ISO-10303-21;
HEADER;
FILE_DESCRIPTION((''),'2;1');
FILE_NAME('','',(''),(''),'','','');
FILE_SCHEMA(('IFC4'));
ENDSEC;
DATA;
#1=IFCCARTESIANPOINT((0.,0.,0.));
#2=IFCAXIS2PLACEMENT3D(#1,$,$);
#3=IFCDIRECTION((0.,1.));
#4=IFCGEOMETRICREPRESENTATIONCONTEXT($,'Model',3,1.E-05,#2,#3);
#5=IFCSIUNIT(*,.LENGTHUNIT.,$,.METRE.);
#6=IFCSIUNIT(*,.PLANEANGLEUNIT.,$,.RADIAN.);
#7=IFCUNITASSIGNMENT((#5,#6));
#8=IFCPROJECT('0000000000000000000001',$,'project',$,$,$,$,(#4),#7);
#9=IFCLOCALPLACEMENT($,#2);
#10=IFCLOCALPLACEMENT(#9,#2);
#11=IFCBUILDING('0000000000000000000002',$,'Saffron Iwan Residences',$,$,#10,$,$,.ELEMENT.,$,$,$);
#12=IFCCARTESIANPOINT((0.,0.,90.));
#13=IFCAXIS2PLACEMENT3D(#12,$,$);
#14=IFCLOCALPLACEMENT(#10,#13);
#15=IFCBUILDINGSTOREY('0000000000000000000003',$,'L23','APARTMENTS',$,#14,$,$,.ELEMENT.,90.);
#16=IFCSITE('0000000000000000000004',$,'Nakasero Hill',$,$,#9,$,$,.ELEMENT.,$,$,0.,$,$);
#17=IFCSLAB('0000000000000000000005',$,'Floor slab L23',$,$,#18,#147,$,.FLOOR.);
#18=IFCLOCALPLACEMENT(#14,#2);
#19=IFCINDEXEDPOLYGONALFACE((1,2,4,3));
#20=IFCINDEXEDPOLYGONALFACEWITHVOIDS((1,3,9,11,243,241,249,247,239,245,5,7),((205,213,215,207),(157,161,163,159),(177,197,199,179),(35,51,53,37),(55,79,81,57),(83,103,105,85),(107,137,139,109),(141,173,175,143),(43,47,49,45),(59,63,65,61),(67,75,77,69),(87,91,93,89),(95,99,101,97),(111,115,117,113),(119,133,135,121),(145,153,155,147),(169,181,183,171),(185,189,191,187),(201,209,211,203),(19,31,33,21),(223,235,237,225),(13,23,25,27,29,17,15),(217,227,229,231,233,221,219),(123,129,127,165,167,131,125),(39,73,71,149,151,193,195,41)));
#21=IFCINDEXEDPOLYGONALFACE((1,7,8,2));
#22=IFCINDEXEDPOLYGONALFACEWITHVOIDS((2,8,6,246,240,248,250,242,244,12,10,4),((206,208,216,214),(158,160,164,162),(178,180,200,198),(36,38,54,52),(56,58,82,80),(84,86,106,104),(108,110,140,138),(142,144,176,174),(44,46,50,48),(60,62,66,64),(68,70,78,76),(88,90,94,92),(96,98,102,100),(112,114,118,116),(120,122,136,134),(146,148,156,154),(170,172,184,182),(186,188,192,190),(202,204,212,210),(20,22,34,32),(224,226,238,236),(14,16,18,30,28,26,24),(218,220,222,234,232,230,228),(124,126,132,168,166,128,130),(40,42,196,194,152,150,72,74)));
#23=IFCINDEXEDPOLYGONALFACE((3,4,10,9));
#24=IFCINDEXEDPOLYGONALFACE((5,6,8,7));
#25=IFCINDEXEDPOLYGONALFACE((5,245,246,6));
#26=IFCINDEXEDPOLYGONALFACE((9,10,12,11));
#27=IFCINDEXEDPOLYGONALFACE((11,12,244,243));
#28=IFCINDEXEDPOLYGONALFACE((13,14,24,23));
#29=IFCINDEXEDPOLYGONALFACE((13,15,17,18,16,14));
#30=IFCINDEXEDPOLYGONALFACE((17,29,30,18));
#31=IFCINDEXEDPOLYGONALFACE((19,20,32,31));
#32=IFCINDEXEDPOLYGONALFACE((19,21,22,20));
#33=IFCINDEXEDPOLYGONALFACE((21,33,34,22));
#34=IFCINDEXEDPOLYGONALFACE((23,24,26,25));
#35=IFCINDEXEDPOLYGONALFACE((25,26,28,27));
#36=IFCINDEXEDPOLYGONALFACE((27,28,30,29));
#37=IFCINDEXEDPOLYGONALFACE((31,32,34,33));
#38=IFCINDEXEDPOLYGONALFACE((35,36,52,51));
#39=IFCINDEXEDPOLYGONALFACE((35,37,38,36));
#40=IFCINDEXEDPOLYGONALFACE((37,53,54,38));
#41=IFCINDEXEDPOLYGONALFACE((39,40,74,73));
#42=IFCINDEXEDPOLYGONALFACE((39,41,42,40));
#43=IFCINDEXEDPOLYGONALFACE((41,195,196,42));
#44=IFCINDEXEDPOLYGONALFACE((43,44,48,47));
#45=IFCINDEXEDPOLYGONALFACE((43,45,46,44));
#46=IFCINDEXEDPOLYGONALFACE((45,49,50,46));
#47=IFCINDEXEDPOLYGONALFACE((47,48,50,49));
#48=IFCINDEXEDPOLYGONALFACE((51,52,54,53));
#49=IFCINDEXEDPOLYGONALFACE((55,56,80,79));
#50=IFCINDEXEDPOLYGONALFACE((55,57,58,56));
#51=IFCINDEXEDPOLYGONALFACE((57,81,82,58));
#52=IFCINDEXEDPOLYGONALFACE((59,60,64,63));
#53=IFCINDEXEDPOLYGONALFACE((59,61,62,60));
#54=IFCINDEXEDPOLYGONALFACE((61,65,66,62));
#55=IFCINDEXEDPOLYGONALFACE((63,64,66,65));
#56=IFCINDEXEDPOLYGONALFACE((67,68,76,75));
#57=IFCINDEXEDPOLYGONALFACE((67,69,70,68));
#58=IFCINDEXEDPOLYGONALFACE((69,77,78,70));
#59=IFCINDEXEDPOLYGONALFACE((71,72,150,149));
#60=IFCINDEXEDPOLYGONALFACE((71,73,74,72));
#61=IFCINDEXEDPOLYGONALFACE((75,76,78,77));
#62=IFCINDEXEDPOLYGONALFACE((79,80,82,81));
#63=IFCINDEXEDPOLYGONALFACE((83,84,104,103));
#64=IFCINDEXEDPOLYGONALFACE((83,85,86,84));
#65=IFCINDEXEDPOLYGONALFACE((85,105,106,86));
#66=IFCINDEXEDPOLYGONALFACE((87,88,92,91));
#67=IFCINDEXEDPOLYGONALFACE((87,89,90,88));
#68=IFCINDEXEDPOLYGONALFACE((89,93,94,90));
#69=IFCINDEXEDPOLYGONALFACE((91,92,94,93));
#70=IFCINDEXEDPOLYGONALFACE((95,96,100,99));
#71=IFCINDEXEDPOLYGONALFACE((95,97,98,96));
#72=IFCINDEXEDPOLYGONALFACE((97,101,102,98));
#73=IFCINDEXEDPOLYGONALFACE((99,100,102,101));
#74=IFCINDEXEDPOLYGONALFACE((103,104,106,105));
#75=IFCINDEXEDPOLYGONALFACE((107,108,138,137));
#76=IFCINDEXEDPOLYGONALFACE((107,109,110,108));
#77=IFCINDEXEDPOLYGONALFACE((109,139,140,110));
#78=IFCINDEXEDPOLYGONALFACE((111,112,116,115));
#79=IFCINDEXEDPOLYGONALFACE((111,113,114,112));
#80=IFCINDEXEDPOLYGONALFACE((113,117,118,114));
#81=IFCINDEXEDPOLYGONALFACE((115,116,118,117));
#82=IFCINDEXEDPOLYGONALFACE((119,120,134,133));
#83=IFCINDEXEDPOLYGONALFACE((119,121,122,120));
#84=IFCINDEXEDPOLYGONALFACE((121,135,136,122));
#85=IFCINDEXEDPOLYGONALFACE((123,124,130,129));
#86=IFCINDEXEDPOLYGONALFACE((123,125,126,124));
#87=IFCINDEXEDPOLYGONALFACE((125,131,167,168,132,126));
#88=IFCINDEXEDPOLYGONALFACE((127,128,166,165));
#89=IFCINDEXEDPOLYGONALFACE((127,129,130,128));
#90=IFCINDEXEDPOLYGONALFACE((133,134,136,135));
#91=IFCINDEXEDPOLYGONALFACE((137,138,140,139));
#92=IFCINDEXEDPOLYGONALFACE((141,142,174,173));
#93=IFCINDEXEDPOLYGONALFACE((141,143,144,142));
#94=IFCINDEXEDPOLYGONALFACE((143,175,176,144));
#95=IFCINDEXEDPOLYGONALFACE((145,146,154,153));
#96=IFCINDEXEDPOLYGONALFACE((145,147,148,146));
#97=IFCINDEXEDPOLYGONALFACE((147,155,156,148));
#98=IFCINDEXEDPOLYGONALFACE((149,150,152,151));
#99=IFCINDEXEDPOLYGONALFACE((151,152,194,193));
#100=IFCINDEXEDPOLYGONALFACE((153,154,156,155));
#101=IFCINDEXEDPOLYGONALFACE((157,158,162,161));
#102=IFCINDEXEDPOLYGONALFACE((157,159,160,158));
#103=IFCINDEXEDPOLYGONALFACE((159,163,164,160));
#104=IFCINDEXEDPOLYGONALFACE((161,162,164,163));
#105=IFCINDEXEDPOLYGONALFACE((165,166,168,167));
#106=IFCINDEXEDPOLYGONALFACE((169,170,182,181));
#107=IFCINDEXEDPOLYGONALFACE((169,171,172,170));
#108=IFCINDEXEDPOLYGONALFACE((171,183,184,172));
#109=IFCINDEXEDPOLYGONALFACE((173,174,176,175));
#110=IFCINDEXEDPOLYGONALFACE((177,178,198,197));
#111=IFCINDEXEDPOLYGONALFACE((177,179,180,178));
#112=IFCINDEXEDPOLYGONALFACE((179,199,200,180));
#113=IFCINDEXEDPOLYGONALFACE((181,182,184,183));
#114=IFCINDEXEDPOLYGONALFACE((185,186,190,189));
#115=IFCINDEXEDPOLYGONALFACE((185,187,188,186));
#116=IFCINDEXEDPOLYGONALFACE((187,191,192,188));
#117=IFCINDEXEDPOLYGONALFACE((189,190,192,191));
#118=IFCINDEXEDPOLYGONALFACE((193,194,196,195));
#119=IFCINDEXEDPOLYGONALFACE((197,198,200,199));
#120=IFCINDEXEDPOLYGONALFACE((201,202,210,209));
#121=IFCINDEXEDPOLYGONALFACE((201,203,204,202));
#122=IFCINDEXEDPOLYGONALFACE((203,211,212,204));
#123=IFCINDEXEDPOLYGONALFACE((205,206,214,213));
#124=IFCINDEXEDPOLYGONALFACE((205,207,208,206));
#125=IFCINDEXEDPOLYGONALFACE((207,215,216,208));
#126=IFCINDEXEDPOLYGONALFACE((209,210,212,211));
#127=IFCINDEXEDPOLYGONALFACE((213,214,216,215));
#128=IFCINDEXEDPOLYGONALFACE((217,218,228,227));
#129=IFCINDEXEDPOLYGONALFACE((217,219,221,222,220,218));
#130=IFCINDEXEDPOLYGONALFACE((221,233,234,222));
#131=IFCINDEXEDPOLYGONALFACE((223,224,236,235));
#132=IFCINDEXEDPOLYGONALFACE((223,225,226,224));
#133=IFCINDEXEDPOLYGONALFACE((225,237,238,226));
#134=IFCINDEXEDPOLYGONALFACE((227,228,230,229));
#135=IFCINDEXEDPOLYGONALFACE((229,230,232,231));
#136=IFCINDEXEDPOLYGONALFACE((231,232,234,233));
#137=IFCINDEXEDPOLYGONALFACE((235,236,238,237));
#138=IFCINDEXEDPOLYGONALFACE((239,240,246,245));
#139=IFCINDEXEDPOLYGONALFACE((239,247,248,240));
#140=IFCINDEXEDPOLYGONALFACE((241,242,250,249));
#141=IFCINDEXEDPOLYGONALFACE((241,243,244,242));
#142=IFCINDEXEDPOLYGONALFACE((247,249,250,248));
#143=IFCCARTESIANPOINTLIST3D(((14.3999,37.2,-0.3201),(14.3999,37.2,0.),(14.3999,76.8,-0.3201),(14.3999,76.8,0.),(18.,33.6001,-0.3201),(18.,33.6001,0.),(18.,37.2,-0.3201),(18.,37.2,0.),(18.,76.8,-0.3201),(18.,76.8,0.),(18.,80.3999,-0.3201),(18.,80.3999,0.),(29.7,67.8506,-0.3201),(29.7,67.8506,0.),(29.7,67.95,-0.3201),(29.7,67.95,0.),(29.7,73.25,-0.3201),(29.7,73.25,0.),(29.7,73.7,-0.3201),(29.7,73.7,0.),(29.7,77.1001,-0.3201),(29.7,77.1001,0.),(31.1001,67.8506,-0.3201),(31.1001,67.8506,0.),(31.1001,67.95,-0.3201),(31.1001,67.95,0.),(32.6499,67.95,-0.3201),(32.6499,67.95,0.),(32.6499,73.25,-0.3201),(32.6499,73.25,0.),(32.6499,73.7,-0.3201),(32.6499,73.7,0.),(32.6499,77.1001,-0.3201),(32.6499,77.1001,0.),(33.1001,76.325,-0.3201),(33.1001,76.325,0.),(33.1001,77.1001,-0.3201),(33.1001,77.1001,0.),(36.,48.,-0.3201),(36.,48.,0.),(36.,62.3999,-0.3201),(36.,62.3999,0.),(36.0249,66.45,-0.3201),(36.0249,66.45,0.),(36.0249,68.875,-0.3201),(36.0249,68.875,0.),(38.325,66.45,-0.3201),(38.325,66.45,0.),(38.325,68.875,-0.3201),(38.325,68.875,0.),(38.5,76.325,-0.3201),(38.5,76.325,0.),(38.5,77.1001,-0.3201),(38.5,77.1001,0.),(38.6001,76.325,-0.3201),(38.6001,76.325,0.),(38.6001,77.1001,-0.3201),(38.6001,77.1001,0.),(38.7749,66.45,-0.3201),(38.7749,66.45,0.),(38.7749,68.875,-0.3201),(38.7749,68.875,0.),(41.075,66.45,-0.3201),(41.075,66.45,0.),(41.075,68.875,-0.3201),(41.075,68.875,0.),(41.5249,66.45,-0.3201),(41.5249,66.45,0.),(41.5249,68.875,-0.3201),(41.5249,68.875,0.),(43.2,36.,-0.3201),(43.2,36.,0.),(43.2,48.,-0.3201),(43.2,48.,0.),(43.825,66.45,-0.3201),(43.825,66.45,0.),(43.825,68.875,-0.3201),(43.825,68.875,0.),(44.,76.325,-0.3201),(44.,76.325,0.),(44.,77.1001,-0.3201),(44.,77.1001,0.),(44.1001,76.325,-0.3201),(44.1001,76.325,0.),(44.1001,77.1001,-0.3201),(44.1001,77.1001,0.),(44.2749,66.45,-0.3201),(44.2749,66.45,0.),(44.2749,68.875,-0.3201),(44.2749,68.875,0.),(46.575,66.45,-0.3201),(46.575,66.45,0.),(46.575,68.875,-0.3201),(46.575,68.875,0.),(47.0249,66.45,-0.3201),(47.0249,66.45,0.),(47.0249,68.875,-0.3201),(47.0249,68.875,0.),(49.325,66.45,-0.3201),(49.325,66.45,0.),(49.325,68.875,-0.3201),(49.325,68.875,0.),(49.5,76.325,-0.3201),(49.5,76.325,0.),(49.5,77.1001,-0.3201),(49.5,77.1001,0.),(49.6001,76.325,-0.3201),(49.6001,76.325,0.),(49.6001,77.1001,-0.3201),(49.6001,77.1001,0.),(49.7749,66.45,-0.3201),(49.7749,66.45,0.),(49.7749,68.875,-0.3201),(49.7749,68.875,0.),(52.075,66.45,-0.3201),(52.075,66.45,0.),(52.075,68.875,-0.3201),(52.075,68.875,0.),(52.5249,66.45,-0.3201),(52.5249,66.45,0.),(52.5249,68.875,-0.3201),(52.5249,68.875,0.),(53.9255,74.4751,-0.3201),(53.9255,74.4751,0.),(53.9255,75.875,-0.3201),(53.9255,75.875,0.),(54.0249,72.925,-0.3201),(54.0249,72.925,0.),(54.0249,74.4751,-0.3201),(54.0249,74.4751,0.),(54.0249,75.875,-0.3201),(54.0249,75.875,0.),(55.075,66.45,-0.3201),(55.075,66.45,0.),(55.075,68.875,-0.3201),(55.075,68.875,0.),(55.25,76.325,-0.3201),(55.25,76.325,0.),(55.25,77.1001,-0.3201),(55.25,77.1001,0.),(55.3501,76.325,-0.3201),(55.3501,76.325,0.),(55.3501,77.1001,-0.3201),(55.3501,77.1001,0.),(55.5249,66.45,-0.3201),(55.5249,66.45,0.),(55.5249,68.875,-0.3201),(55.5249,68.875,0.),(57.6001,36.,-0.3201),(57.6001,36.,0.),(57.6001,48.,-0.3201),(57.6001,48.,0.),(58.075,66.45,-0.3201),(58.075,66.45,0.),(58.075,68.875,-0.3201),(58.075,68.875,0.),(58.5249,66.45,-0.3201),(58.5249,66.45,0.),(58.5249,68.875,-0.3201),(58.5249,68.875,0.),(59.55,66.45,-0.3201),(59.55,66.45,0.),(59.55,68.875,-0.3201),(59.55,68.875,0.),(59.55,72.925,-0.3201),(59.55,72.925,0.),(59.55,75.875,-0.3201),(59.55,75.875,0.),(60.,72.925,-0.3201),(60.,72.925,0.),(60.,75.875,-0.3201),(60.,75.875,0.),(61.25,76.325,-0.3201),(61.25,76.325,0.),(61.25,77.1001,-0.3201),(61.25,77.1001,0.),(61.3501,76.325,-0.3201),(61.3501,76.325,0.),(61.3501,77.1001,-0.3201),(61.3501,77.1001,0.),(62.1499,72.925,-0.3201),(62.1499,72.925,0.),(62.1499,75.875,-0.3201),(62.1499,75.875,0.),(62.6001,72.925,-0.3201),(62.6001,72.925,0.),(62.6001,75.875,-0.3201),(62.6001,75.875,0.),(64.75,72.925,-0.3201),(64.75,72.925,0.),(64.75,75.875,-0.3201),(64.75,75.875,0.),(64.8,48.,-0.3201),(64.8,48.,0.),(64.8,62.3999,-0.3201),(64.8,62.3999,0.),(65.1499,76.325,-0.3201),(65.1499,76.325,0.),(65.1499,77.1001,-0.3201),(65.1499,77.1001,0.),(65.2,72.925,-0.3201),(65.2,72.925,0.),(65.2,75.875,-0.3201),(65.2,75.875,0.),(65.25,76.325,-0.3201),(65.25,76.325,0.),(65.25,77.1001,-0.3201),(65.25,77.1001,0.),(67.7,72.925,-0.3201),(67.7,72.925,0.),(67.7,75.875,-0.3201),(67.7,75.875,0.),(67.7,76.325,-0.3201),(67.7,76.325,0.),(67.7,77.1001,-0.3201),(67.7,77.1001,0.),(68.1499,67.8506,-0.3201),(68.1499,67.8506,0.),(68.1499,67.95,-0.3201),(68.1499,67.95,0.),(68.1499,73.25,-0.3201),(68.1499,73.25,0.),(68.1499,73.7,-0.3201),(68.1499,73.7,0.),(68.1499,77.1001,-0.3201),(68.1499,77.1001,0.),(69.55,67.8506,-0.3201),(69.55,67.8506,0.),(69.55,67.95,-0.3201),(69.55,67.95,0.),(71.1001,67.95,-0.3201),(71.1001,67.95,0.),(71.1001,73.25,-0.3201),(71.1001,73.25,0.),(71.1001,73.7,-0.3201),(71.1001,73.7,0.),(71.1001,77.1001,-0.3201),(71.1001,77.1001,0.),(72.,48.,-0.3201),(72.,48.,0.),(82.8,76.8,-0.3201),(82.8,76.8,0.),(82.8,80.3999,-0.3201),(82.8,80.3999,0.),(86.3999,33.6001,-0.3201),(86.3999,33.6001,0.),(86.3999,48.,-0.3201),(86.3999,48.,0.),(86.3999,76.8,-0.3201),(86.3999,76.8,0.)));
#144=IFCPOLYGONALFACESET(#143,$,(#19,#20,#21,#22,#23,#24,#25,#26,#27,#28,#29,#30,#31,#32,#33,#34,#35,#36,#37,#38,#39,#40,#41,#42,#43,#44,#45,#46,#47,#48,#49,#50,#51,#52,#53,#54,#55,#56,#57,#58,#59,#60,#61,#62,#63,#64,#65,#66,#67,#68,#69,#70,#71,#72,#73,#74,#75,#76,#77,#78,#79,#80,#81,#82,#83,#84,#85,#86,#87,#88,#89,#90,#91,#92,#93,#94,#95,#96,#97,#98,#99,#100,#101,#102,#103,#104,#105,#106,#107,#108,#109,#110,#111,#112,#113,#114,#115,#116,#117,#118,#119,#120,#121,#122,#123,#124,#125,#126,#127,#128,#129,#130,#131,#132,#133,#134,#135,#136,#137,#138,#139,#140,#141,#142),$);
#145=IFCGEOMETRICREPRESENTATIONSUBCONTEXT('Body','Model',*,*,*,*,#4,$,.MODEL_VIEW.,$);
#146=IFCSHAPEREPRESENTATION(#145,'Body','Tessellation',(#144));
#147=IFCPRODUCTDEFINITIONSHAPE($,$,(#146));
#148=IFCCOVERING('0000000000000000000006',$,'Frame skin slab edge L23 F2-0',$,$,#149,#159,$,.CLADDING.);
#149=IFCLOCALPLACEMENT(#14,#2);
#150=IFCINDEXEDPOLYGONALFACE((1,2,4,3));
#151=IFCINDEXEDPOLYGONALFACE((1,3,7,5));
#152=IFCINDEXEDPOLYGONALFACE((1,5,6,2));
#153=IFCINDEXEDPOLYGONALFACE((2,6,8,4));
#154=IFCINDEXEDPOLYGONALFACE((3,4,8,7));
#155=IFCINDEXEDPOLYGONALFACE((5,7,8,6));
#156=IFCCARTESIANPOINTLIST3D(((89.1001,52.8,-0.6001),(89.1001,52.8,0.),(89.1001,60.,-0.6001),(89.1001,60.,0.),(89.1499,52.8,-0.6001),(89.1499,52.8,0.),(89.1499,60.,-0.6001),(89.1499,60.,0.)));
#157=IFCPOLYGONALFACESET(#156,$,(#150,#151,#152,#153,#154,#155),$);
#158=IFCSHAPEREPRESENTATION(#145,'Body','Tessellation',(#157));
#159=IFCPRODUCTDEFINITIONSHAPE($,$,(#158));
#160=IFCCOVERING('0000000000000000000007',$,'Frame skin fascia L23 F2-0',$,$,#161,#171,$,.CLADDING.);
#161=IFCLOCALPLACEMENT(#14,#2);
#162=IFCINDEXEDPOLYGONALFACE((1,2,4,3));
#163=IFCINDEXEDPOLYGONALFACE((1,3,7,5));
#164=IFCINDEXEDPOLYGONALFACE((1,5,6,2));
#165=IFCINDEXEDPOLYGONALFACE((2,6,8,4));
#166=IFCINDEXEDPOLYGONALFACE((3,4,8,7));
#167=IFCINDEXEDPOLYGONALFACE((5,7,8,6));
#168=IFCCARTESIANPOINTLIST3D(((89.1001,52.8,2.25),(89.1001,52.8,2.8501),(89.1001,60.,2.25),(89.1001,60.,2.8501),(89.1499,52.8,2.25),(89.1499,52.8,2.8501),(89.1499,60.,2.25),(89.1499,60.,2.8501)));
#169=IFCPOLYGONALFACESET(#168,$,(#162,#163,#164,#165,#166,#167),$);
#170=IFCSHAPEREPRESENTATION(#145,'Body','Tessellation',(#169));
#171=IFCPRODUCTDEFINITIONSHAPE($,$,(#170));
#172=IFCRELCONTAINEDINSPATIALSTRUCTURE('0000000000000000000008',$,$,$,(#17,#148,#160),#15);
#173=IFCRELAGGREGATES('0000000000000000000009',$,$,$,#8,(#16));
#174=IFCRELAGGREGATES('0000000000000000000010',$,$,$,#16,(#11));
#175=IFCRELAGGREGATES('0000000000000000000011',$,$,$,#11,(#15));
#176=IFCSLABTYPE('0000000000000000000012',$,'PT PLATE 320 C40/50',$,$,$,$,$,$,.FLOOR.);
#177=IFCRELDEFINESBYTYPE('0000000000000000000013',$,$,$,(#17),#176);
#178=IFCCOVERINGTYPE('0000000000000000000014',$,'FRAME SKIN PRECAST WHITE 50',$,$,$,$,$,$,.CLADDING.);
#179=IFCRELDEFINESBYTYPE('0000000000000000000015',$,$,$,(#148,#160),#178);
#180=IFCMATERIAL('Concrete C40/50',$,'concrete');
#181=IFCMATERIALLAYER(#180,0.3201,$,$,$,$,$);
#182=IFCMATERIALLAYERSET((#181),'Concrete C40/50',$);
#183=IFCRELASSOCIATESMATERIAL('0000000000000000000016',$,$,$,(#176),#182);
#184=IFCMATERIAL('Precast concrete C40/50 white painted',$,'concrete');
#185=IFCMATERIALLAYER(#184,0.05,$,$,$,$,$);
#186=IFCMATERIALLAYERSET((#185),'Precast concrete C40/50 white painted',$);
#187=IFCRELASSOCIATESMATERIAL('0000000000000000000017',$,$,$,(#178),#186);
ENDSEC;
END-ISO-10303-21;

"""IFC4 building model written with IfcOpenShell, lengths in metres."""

from ifc_helpers import new_model, si_unit, direction, frame, origin, place, context, subcontext, project, spatial, polyline, outline, extrude, material, layer, layer_set, type_object, element, save


model = new_model("IFC4")

# Units and contexts
model_context = context("Model", 3, precision=1e-05, world=origin(), true_north=direction((0.0, 1.0)))
body_context = subcontext(model_context, "Body", "Model", "MODEL_VIEW")
ifc_project = project(units=[si_unit("LENGTHUNIT", "METRE"), si_unit("PLANEANGLEUNIT", "RADIAN")], contexts=[model_context])

# Site, building, storey
site_placement = place(None, origin())
site = spatial("IfcSite", under=ifc_project, at=site_placement, Name="Nakasero Hill", CompositionType="ELEMENT", RefElevation=0.0)
building_placement = place(site_placement, origin())
building = spatial("IfcBuilding", under=site, at=building_placement, Name="Saffron Iwan Residences", CompositionType="ELEMENT")
storey_placement = place(building_placement, frame((0.0, 0.0, 90.0)))
storey = spatial("IfcBuildingStorey", under=building, at=storey_placement, Name="L23", Description="APARTMENTS", CompositionType="ELEMENT", Elevation=90.0)

# Slab
ifc_material_1 = material(Name="Concrete C40/50", Category="concrete")
ifc_layer_1 = layer(ifc_material_1, 0.3201)
ifc_layer_set_1 = layer_set([ifc_layer_1], Name="Concrete C40/50")
slab_type_1 = type_object("IfcSlabType", Name="PT PLATE 320 C40/50", PredefinedType="FLOOR", material=ifc_layer_set_1)
slab_1_placement = place(storey_placement, frame((0.0, 0.0, -0.3201)))
element("IfcSlab", 1, at=slab_1_placement, inside=storey, type_object=slab_type_1, Name="Floor slab L23", PredefinedType="FLOOR", context=body_context, shape_type="SweptSolid", body=[
    extrude(outline(polyline([(14.3999, 37.2), (14.3999, 76.8), (18.0, 76.8), (18.0, 80.3999), (82.8, 80.3999), (82.8, 76.8), (86.3999, 76.8), (86.3999, 48.0), (72.0, 48.0), (86.3999, 33.6001), (18.0, 33.6001), (18.0, 37.2), (14.3999, 37.2)]), holes=[polyline([(64.8, 48.0), (64.8, 62.3999), (36.0, 62.3999), (36.0, 48.0), (43.2, 48.0), (43.2, 36.0), (57.6001, 36.0), (57.6001, 48.0), (64.8, 48.0)]), polyline([(38.325, 68.875), (36.0249, 68.875), (36.0249, 66.45), (38.325, 66.45), (38.325, 68.875)]), polyline([(41.075, 66.45), (41.075, 68.875), (38.7749, 68.875), (38.7749, 66.45), (41.075, 66.45)]), polyline([(43.825, 66.45), (43.825, 68.875), (41.5249, 68.875), (41.5249, 66.45), (43.825, 66.45)]), polyline([(46.575, 68.875), (44.2749, 68.875), (44.2749, 66.45), (46.575, 66.45), (46.575, 68.875)]), polyline([(49.325, 66.45), (49.325, 68.875), (47.0249, 68.875), (47.0249, 66.45), (49.325, 66.45)]), polyline([(52.075, 66.45), (52.075, 68.875), (49.7749, 68.875), (49.7749, 66.45), (52.075, 66.45)]), polyline([(29.7, 73.25), (29.7, 67.95), (29.7, 67.8506), (31.1001, 67.8506), (31.1001, 67.95), (32.6499, 67.95), (32.6499, 73.25), (29.7, 73.25)]), polyline([(32.6499, 73.7), (32.6499, 77.1001), (29.7, 77.1001), (29.7, 73.7), (32.6499, 73.7)]), polyline([(38.5, 76.325), (38.5, 77.1001), (33.1001, 77.1001), (33.1001, 76.325), (38.5, 76.325)]), polyline([(44.0, 77.1001), (38.6001, 77.1001), (38.6001, 76.325), (44.0, 76.325), (44.0, 77.1001)]), polyline([(49.5, 76.325), (49.5, 77.1001), (44.1001, 77.1001), (44.1001, 76.325), (49.5, 76.325)]), polyline([(55.25, 76.325), (55.25, 77.1001), (49.6001, 77.1001), (49.6001, 76.325), (55.25, 76.325)]), polyline([(55.075, 68.875), (52.5249, 68.875), (52.5249, 66.45), (55.075, 66.45), (55.075, 68.875)]), polyline([(58.075, 66.45), (58.075, 68.875), (55.5249, 68.875), (55.5249, 66.45), (58.075, 66.45)]), polyline([(59.55, 66.45), (59.55, 68.875), (58.5249, 68.875), (58.5249, 66.45), (59.55, 66.45)]), polyline([(68.1499, 73.25), (68.1499, 67.95), (68.1499, 67.8506), (69.55, 67.8506), (69.55, 67.95), (71.1001, 67.95), (71.1001, 73.25), (68.1499, 73.25)]), polyline([(53.9255, 74.4751), (54.0249, 74.4751), (54.0249, 72.925), (59.55, 72.925), (59.55, 75.875), (54.0249, 75.875), (53.9255, 75.875), (53.9255, 74.4751)]), polyline([(62.1499, 72.925), (62.1499, 75.875), (60.0, 75.875), (60.0, 72.925), (62.1499, 72.925)]), polyline([(64.75, 75.875), (62.6001, 75.875), (62.6001, 72.925), (64.75, 72.925), (64.75, 75.875)]), polyline([(67.7, 72.925), (67.7, 75.875), (65.2, 75.875), (65.2, 72.925), (67.7, 72.925)]), polyline([(71.1001, 73.7), (71.1001, 77.1001), (68.1499, 77.1001), (68.1499, 73.7), (71.1001, 73.7)]), polyline([(61.25, 77.1001), (55.3501, 77.1001), (55.3501, 76.325), (61.25, 76.325), (61.25, 77.1001)]), polyline([(65.1499, 76.325), (65.1499, 77.1001), (61.3501, 77.1001), (61.3501, 76.325), (65.1499, 76.325)]), polyline([(67.7, 76.325), (67.7, 77.1001), (65.25, 77.1001), (65.25, 76.325), (67.7, 76.325)])]), origin(), (0.0, 0.0, 1.0), 0.3201),
])

# Coverings
ifc_material_2 = material(Name="Precast concrete C40/50 white painted", Category="concrete")
ifc_layer_2 = layer(ifc_material_2, 0.05)
ifc_layer_set_2 = layer_set([ifc_layer_2], Name="Precast concrete C40/50 white painted")
covering_type_1 = type_object("IfcCoveringType", Name="FRAME SKIN PRECAST WHITE 50", PredefinedType="CLADDING", material=ifc_layer_set_2)
for number, where, name in (
    (2, (0.0, 0.0, -0.6001), "Frame skin slab edge L23 F2-0"),
    (3, (0.0, 0.0, 2.25), "Frame skin fascia L23 F2-0"),
):
    element("IfcCovering", number, at=place(storey_placement, frame(where)), inside=storey, type_object=covering_type_1, Name=name, PredefinedType="CLADDING", context=body_context, shape_type="SweptSolid", body=[
        extrude(outline(polyline([(89.1499, 52.8), (89.1499, 60.0), (89.1001, 60.0), (89.1001, 52.8), (89.1499, 52.8)])), origin(), (0.0, 0.0, 1.0), 0.6001),
    ])

save(model, "model.ifc")
